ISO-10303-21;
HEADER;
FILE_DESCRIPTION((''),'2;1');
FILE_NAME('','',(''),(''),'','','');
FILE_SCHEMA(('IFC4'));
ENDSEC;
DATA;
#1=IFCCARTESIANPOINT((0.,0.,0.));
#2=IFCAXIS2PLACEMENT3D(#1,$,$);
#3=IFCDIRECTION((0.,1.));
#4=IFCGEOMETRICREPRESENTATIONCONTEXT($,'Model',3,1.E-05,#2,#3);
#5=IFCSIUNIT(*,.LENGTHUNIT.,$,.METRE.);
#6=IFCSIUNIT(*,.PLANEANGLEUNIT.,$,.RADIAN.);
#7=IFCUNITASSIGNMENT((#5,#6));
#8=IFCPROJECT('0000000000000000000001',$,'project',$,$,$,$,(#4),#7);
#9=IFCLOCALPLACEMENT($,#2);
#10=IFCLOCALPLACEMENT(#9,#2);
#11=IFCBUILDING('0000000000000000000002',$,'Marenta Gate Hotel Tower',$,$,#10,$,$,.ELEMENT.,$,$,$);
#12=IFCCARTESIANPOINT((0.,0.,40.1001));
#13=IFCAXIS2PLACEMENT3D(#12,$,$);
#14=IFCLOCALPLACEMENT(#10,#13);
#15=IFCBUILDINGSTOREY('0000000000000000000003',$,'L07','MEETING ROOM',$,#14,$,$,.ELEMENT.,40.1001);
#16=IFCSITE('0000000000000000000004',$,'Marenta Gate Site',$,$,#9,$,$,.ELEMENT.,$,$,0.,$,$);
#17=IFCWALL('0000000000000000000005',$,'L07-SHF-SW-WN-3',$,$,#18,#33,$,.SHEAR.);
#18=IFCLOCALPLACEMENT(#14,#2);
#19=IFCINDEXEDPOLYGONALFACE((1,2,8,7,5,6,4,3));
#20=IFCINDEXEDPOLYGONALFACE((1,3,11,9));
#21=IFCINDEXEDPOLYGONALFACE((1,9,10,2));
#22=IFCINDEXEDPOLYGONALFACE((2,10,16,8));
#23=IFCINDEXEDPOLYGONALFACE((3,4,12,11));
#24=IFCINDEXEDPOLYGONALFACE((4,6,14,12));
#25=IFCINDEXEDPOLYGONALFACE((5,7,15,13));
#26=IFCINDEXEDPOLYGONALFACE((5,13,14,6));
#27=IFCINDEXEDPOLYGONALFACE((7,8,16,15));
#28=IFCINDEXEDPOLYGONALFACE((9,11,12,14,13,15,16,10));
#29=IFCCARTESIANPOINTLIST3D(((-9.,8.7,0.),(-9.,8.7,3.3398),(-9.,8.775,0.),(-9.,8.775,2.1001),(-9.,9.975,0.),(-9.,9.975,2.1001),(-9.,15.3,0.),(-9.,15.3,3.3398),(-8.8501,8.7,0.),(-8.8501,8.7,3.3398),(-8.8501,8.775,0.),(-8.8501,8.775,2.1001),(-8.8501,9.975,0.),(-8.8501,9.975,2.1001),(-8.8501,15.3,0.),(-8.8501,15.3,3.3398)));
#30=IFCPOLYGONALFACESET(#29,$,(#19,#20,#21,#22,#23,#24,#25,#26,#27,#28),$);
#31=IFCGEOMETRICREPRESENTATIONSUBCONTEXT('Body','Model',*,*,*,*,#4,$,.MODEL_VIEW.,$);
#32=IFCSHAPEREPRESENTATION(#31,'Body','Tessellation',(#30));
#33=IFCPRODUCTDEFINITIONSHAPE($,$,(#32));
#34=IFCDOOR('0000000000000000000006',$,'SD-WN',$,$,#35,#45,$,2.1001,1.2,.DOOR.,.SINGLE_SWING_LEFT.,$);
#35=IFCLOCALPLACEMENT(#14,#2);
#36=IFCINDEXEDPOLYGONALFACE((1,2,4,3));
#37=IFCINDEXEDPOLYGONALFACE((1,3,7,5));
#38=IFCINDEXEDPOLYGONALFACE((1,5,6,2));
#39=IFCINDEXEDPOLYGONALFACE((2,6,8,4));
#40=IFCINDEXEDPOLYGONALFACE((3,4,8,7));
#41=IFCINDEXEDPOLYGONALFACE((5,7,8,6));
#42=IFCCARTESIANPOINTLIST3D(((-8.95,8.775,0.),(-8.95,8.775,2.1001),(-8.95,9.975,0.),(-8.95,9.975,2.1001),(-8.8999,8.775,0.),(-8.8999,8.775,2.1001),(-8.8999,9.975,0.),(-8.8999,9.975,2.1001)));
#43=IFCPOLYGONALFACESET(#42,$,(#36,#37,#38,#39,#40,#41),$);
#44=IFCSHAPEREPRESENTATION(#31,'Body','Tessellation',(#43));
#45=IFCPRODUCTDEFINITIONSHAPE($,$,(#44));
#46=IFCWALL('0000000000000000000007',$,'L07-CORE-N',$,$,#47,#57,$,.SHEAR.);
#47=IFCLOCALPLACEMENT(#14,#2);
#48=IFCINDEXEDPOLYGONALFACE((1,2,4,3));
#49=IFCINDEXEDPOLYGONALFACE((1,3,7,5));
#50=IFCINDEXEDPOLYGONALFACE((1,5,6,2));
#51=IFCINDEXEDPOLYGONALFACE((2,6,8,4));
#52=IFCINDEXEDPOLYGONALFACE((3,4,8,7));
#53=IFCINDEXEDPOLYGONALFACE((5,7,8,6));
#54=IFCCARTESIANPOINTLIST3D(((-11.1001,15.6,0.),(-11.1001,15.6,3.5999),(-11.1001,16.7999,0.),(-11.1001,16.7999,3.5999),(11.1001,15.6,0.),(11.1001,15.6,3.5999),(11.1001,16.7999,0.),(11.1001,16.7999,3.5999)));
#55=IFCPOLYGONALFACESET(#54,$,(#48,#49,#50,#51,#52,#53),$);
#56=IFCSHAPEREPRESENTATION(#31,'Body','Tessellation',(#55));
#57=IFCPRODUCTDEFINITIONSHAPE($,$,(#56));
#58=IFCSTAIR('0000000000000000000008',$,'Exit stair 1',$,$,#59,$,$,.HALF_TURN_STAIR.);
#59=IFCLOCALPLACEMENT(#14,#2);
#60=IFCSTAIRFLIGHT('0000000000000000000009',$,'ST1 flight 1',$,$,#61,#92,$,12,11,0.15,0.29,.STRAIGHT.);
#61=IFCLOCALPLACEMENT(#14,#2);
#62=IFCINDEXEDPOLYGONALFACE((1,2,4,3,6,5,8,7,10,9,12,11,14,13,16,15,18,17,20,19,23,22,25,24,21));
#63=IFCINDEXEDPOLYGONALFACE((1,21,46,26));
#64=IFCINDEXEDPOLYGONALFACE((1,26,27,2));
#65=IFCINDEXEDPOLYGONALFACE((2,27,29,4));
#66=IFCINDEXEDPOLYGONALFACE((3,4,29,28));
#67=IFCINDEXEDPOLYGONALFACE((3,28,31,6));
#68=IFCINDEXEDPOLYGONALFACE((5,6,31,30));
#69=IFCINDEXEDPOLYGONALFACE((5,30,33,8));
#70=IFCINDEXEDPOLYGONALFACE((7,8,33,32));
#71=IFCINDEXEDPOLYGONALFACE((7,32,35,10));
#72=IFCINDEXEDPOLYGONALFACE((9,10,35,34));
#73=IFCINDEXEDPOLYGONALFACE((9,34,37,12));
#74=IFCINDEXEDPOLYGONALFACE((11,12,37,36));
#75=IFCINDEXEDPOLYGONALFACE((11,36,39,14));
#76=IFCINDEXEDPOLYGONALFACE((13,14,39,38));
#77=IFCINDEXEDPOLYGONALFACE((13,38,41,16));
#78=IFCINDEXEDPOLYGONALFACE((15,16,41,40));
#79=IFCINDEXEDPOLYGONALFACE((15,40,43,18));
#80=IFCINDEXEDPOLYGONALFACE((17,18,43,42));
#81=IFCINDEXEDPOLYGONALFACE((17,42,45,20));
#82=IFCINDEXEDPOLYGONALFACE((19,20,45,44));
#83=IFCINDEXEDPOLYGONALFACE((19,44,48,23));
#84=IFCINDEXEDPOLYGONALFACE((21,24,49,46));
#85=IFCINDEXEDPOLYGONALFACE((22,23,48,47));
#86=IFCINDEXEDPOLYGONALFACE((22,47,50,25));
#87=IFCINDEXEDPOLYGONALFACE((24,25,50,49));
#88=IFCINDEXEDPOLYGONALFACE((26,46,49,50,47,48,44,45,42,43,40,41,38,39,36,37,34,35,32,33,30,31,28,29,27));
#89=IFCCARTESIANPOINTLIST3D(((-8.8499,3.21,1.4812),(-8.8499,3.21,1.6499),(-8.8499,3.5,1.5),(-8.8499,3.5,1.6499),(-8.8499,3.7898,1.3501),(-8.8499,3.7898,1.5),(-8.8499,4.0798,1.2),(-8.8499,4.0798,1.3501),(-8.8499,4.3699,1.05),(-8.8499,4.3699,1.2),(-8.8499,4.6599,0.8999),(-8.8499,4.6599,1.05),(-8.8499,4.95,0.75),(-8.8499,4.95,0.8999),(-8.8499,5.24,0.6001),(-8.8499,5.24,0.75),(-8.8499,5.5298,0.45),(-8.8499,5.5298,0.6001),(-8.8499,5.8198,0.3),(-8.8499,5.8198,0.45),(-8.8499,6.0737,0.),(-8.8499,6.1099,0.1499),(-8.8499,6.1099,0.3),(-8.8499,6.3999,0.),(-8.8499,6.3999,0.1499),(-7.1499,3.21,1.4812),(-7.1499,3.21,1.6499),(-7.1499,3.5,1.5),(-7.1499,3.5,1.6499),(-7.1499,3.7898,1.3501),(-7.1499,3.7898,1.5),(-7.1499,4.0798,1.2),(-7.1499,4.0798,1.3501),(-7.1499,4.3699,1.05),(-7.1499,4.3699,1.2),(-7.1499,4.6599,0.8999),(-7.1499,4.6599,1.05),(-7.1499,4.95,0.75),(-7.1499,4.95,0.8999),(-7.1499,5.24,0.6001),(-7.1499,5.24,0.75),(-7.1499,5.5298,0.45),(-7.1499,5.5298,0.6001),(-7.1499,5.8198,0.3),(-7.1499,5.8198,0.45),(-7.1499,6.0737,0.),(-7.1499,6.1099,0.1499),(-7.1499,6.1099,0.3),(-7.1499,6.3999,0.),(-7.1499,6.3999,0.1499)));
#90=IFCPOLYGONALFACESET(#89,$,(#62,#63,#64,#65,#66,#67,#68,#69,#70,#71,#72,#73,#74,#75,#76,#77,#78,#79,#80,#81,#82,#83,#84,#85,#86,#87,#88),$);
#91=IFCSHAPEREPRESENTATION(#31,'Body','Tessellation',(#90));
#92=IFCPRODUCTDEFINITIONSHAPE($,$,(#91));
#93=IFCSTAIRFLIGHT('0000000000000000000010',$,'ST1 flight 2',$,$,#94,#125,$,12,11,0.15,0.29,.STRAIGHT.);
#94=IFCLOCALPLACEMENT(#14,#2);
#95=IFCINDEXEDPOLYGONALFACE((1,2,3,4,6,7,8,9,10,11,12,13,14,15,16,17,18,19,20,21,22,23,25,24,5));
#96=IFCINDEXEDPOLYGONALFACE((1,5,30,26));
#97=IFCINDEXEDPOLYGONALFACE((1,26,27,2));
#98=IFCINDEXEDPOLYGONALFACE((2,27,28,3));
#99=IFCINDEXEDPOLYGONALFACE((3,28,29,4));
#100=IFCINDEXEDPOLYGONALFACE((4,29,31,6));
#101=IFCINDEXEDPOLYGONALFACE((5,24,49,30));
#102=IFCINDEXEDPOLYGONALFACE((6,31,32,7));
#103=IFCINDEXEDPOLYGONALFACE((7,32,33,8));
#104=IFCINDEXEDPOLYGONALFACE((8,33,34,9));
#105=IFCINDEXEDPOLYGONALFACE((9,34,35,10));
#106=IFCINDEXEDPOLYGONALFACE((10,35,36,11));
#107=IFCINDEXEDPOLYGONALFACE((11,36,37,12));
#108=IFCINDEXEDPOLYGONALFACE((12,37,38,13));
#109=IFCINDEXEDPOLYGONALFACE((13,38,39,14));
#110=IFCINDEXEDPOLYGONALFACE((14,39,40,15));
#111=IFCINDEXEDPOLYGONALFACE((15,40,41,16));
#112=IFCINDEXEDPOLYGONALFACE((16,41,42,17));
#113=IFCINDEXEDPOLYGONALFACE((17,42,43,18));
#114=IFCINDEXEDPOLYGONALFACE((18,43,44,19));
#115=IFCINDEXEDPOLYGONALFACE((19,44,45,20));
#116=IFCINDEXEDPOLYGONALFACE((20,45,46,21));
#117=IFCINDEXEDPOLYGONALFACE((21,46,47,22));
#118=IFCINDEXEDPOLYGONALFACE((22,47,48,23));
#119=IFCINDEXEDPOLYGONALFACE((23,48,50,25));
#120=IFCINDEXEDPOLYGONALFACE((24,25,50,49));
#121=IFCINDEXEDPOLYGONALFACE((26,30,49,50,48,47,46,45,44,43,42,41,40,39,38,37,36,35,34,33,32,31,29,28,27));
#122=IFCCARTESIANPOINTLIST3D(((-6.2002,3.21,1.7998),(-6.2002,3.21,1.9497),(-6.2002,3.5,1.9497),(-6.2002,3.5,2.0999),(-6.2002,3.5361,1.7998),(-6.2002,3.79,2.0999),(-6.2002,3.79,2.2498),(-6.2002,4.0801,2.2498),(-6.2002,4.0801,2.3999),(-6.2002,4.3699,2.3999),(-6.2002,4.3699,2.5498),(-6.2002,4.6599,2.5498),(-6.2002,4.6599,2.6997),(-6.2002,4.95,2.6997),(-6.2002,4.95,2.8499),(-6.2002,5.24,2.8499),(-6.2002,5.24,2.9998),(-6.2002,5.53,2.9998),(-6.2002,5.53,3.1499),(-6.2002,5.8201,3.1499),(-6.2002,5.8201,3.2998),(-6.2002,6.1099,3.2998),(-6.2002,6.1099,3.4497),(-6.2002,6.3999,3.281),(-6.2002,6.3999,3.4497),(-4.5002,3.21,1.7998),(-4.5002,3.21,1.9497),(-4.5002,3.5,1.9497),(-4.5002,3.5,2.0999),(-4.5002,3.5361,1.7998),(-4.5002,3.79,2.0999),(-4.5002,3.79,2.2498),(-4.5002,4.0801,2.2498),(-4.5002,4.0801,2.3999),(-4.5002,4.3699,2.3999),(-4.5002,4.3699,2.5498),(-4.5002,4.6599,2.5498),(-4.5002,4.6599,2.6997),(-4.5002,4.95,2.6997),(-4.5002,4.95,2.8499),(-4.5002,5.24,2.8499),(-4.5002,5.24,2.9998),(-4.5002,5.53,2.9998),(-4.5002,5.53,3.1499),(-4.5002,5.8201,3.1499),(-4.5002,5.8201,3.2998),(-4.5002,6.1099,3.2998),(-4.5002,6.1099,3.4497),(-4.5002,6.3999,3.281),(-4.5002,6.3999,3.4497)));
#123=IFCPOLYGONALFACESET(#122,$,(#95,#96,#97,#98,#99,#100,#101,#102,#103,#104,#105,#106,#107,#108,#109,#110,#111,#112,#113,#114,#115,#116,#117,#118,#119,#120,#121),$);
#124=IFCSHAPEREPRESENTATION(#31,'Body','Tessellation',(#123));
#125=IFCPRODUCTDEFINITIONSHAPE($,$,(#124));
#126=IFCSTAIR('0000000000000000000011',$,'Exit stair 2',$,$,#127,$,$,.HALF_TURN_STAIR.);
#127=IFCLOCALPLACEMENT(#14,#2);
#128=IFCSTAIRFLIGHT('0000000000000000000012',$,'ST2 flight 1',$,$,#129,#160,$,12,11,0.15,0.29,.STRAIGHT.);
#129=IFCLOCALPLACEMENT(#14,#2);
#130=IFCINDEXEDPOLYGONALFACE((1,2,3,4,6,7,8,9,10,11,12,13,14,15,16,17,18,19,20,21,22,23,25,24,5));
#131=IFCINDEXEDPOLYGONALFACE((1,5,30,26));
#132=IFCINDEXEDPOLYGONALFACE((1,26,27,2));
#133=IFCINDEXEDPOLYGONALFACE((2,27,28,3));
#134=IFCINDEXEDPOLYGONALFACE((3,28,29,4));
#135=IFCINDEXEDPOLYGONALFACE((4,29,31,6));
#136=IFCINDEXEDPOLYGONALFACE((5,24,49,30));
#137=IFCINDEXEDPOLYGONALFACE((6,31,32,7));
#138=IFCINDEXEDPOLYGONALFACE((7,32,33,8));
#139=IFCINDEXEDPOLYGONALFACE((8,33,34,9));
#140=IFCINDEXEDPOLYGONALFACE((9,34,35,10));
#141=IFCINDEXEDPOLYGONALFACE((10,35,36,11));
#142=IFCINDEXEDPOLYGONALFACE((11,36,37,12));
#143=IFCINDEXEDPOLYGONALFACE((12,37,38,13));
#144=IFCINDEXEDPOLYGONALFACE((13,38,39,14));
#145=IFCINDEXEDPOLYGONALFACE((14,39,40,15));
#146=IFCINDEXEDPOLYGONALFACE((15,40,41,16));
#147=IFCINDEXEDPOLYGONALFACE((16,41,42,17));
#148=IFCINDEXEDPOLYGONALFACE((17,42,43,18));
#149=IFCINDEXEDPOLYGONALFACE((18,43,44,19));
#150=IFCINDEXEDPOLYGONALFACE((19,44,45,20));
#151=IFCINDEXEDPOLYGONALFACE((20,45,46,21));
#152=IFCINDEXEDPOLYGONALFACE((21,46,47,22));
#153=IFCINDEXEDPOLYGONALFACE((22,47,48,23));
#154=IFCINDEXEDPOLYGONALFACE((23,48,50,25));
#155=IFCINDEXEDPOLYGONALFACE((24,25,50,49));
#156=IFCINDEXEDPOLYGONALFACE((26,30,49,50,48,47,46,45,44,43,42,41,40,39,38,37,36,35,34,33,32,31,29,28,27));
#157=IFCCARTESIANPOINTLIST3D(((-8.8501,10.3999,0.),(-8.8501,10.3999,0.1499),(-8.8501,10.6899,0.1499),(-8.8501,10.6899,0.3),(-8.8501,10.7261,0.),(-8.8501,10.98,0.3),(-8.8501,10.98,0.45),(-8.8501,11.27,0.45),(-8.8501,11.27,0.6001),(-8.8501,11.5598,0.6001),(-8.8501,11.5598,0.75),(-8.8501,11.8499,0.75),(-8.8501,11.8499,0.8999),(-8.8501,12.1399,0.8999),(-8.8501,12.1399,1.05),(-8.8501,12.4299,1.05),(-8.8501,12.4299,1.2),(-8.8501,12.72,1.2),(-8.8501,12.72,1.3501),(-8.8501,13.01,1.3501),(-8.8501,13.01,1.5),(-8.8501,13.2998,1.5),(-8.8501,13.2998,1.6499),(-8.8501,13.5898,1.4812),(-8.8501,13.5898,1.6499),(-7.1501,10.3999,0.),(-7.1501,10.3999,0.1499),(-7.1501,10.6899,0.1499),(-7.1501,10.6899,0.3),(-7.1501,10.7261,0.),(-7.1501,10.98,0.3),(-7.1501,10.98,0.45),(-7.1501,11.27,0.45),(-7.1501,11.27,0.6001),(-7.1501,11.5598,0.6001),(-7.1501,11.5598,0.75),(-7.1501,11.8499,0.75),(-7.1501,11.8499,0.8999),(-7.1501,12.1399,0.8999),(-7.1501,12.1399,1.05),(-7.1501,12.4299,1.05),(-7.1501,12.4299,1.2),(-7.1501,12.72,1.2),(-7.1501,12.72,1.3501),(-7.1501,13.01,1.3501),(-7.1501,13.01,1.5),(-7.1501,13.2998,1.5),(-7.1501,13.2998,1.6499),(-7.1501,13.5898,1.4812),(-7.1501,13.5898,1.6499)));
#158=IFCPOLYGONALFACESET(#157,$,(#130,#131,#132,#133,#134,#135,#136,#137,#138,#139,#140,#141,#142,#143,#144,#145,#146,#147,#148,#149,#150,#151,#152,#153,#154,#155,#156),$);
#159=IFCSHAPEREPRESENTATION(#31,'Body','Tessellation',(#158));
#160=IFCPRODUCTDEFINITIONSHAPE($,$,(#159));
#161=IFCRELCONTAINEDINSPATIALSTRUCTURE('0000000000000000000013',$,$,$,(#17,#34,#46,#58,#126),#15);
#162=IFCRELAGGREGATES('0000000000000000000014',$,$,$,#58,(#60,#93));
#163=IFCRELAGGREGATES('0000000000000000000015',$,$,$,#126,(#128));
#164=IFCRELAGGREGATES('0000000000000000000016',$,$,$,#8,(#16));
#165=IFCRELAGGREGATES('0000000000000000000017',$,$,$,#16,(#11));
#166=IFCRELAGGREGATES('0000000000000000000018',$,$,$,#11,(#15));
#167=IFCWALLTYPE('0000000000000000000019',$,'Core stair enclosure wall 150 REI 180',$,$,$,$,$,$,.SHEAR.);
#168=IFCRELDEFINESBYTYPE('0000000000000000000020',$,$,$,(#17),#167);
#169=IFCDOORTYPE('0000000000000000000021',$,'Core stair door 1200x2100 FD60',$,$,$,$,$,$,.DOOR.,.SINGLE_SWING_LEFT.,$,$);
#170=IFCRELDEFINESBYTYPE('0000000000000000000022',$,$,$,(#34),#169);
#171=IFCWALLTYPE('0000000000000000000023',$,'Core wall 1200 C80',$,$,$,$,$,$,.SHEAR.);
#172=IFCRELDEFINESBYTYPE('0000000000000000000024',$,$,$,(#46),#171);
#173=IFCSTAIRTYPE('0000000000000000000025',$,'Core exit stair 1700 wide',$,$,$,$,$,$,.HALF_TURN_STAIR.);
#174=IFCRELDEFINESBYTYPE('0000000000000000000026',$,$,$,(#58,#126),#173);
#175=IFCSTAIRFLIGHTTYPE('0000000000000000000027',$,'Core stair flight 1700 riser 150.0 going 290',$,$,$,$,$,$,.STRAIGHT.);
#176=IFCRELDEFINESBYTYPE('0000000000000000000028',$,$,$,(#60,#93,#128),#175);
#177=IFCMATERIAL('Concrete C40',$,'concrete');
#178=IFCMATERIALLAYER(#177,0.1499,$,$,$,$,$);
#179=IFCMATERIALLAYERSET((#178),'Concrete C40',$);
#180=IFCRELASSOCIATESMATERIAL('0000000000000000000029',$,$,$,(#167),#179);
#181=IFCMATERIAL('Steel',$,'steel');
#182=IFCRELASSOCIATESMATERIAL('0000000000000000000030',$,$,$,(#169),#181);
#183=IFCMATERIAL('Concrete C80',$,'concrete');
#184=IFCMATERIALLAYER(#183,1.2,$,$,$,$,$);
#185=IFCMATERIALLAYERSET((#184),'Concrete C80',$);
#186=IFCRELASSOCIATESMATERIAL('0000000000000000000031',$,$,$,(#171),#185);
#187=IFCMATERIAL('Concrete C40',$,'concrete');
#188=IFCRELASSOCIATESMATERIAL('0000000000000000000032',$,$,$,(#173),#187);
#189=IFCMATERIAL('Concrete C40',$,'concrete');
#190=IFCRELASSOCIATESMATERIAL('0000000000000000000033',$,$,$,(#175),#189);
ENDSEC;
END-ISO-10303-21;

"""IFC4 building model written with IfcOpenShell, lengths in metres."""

from ifc_helpers import new_model, si_unit, direction, frame, frame_2d, origin, place, context, subcontext, project, spatial, polyline, rectangle, outline, extrude, material, layer, layer_set, type_object, element, fill, aggregate, save


model = new_model("IFC4")

# Units and contexts
model_context = context("Model", 3, precision=1e-05, world=origin(), true_north=direction((0.0, 1.0)))
body_context = subcontext(model_context, "Body", "Model", "MODEL_VIEW")
ifc_project = project(units=[si_unit("LENGTHUNIT", "METRE"), si_unit("PLANEANGLEUNIT", "RADIAN")], contexts=[model_context])

# Site, building, storey
site_placement = place(None, origin())
site = spatial("IfcSite", under=ifc_project, at=site_placement, Name="Marenta Gate Site", CompositionType="ELEMENT", RefElevation=0.0)
building_placement = place(site_placement, origin())
building = spatial("IfcBuilding", under=site, at=building_placement, Name="Marenta Gate Hotel Tower", CompositionType="ELEMENT")
storey_placement = place(building_placement, frame((0.0, 0.0, 40.1001)))
storey = spatial("IfcBuildingStorey", under=building, at=storey_placement, Name="L07", Description="MEETING ROOM", CompositionType="ELEMENT", Elevation=40.1001)

# Wall, opening, door
ifc_material_1 = material(Name="Concrete C40", Category="concrete")
ifc_layer_1 = layer(ifc_material_1, 0.1499)
ifc_layer_set_1 = layer_set([ifc_layer_1], Name="Concrete C40")
wall_type_1 = type_object("IfcWallType", Name="Core stair enclosure wall 150 REI 180", PredefinedType="SHEAR", material=ifc_layer_set_1)
wall_1_placement = place(storey_placement, frame((-8.925, 8.7, 0.0), z_axis=(0.0, 0.0, 1.0), x_axis=(0.0, 1.0, 0.0)))
wall_1 = element("IfcWall", 1, at=wall_1_placement, inside=storey, type_object=wall_type_1, Name="L07-SHF-SW-WN-3", PredefinedType="SHEAR", context=body_context, shape_type="SweptSolid", body=[
    extrude(rectangle(XDim=6.6001, YDim=0.1499, at=frame_2d((3.3, 0.0))), origin(), (0.0, 0.0, 1.0), 3.3398),
])
opening_1_placement = place(wall_1_placement, frame((0.075, 0.0, 0.0)))
opening_1 = element("IfcOpeningElement", 2, at=opening_1_placement, cuts=wall_1, PredefinedType="OPENING", context=body_context, shape_type="SweptSolid", body=[
    extrude(rectangle(XDim=1.2, YDim=2.1001, at=frame_2d((0.6001, 1.05))), frame((0.0, 0.075, 0.0), z_axis=(0.0, -1.0, 0.0), x_axis=(1.0, 0.0, 0.0)), (0.0, 0.0, 1.0), 0.1499),
])
ifc_material_2 = material(Name="Steel", Category="steel")
door_type_1 = type_object("IfcDoorType", Name="Core stair door 1200x2100 FD60", OperationType="SINGLE_SWING_LEFT", PredefinedType="DOOR", material=ifc_material_2)
door_1_placement = place(opening_1_placement, origin())
door_1 = element("IfcDoor", 3, at=door_1_placement, inside=storey, type_object=door_type_1, Name="SD-WN", OperationType="SINGLE_SWING_LEFT", OverallHeight=2.1001, OverallWidth=1.2, PredefinedType="DOOR", context=body_context, shape_type="SweptSolid", body=[
    extrude(rectangle(XDim=1.2, YDim=2.1001, at=frame_2d((0.6001, 1.05))), frame((0.0, 0.0249, 0.0), z_axis=(0.0, -1.0, 0.0), x_axis=(1.0, 0.0, 0.0)), (0.0, 0.0, 1.0), 0.05),
])
fill(opening_1, door_1)

# Wall
ifc_material_3 = material(Name="Concrete C80", Category="concrete")
ifc_layer_2 = layer(ifc_material_3, 1.2)
ifc_layer_set_2 = layer_set([ifc_layer_2], Name="Concrete C80")
wall_type_2 = type_object("IfcWallType", Name="Core wall 1200 C80", PredefinedType="SHEAR", material=ifc_layer_set_2)
wall_2_placement = place(storey_placement, frame((-11.1001, 16.2, 0.0), z_axis=(0.0, 0.0, 1.0), x_axis=(1.0, 0.0, 0.0)))
element("IfcWall", 4, at=wall_2_placement, inside=storey, type_object=wall_type_2, Name="L07-CORE-N", PredefinedType="SHEAR", context=body_context, shape_type="SweptSolid", body=[
    extrude(rectangle(XDim=22.2002, YDim=1.2, at=frame_2d((11.1001, 0.0))), origin(), (0.0, 0.0, 1.0), 3.5999),
])

# Stairs, stair flights
ifc_material_4 = material(Name="Concrete C40", Category="concrete")
stair_type = type_object("IfcStairType", Name="Core exit stair 1700 wide", PredefinedType="HALF_TURN_STAIR", material=ifc_material_4)
stair_1_placement = place(storey_placement, origin())
stair_1 = element("IfcStair", 5, at=stair_1_placement, inside=storey, type_object=stair_type, Name="Exit stair 1", PredefinedType="HALF_TURN_STAIR")
ifc_material_5 = material(Name="Concrete C40", Category="concrete")
stair_flight_type = type_object("IfcStairFlightType", Name="Core stair flight 1700 riser 150.0 going 290", PredefinedType="STRAIGHT", material=ifc_material_5)
stair_flight_1_placement = place(storey_placement, frame((-8.0, 6.3999, 0.0), z_axis=(0.0, 0.0, 1.0), x_axis=(0.0, -1.0, 0.0)))
stair_flight_1 = element("IfcStairFlight", 6, at=stair_flight_1_placement, type_object=stair_flight_type, Name="ST1 flight 1", NumberOfRisers=12, NumberOfTreads=11, PredefinedType="STRAIGHT", RiserHeight=0.15, TreadLength=0.29, context=body_context, shape_type="SweptSolid", body=[
    extrude(outline(polyline([(0.0, 0.0), (0.0, 0.1499), (0.29, 0.1499), (0.29, 0.3), (0.5801, 0.3), (0.5801, 0.45), (0.8701, 0.45), (0.8701, 0.6001), (1.1599, 0.6001), (1.1599, 0.75), (1.45, 0.75), (1.45, 0.8999), (1.74, 0.8999), (1.74, 1.05), (2.03, 1.05), (2.03, 1.2), (2.3201, 1.2), (2.3201, 1.3501), (2.6101, 1.3501), (2.6101, 1.5), (2.8999, 1.5), (2.8999, 1.6499), (3.1899, 1.6499), (3.1899, 1.8), (3.1899, 1.4812), (0.3262, 0.0), (0.0, 0.0)])), frame((0.0, 0.8501, 0.0), z_axis=(0.0, -1.0, 0.0), x_axis=(1.0, 0.0, 0.0)), (0.0, 0.0, 1.0), 1.7),
])
stair_flight_2_placement = place(storey_placement, frame((-5.3501, 3.21, 1.7998), z_axis=(0.0, 0.0, 1.0), x_axis=(0.0, 1.0, 0.0)))
stair_flight_2 = element("IfcStairFlight", 7, at=stair_flight_2_placement, type_object=stair_flight_type, Name="ST1 flight 2", NumberOfRisers=12, NumberOfTreads=11, PredefinedType="STRAIGHT", RiserHeight=0.15, TreadLength=0.29, context=body_context, shape_type="SweptSolid", body=[
    extrude(outline(polyline([(0.0, 0.0), (0.0, 0.1499), (0.29, 0.1499), (0.29, 0.3), (0.5801, 0.3), (0.5801, 0.45), (0.8701, 0.45), (0.8701, 0.6001), (1.1599, 0.6001), (1.1599, 0.75), (1.45, 0.75), (1.45, 0.8999), (1.74, 0.8999), (1.74, 1.05), (2.03, 1.05), (2.03, 1.2), (2.3201, 1.2), (2.3201, 1.3501), (2.6101, 1.3501), (2.6101, 1.5), (2.8999, 1.5), (2.8999, 1.6499), (3.1899, 1.6499), (3.1899, 1.8), (3.1899, 1.4812), (0.3262, 0.0), (0.0, 0.0)])), frame((0.0, 0.8501, 0.0), z_axis=(0.0, -1.0, 0.0), x_axis=(1.0, 0.0, 0.0)), (0.0, 0.0, 1.0), 1.7),
])
aggregate(stair_1, [stair_flight_1, stair_flight_2])
stair_2_placement = place(storey_placement, origin())
stair_2 = element("IfcStair", 8, at=stair_2_placement, inside=storey, type_object=stair_type, Name="Exit stair 2", PredefinedType="HALF_TURN_STAIR")
stair_flight_3_placement = place(storey_placement, frame((-8.0, 10.3999, 0.0), z_axis=(0.0, 0.0, 1.0), x_axis=(0.0, 1.0, 0.0)))
stair_flight_3 = element("IfcStairFlight", 9, at=stair_flight_3_placement, type_object=stair_flight_type, Name="ST2 flight 1", NumberOfRisers=12, NumberOfTreads=11, PredefinedType="STRAIGHT", RiserHeight=0.15, TreadLength=0.29, context=body_context, shape_type="SweptSolid", body=[
    extrude(outline(polyline([(0.0, 0.0), (0.0, 0.1499), (0.29, 0.1499), (0.29, 0.3), (0.5801, 0.3), (0.5801, 0.45), (0.8701, 0.45), (0.8701, 0.6001), (1.1599, 0.6001), (1.1599, 0.75), (1.45, 0.75), (1.45, 0.8999), (1.74, 0.8999), (1.74, 1.05), (2.03, 1.05), (2.03, 1.2), (2.3201, 1.2), (2.3201, 1.3501), (2.6101, 1.3501), (2.6101, 1.5), (2.8999, 1.5), (2.8999, 1.6499), (3.1899, 1.6499), (3.1899, 1.8), (3.1899, 1.4812), (0.3262, 0.0), (0.0, 0.0)])), frame((0.0, 0.8501, 0.0), z_axis=(0.0, -1.0, 0.0), x_axis=(1.0, 0.0, 0.0)), (0.0, 0.0, 1.0), 1.7),
])
aggregate(stair_2, [stair_flight_3])

save(model, "model.ifc")
